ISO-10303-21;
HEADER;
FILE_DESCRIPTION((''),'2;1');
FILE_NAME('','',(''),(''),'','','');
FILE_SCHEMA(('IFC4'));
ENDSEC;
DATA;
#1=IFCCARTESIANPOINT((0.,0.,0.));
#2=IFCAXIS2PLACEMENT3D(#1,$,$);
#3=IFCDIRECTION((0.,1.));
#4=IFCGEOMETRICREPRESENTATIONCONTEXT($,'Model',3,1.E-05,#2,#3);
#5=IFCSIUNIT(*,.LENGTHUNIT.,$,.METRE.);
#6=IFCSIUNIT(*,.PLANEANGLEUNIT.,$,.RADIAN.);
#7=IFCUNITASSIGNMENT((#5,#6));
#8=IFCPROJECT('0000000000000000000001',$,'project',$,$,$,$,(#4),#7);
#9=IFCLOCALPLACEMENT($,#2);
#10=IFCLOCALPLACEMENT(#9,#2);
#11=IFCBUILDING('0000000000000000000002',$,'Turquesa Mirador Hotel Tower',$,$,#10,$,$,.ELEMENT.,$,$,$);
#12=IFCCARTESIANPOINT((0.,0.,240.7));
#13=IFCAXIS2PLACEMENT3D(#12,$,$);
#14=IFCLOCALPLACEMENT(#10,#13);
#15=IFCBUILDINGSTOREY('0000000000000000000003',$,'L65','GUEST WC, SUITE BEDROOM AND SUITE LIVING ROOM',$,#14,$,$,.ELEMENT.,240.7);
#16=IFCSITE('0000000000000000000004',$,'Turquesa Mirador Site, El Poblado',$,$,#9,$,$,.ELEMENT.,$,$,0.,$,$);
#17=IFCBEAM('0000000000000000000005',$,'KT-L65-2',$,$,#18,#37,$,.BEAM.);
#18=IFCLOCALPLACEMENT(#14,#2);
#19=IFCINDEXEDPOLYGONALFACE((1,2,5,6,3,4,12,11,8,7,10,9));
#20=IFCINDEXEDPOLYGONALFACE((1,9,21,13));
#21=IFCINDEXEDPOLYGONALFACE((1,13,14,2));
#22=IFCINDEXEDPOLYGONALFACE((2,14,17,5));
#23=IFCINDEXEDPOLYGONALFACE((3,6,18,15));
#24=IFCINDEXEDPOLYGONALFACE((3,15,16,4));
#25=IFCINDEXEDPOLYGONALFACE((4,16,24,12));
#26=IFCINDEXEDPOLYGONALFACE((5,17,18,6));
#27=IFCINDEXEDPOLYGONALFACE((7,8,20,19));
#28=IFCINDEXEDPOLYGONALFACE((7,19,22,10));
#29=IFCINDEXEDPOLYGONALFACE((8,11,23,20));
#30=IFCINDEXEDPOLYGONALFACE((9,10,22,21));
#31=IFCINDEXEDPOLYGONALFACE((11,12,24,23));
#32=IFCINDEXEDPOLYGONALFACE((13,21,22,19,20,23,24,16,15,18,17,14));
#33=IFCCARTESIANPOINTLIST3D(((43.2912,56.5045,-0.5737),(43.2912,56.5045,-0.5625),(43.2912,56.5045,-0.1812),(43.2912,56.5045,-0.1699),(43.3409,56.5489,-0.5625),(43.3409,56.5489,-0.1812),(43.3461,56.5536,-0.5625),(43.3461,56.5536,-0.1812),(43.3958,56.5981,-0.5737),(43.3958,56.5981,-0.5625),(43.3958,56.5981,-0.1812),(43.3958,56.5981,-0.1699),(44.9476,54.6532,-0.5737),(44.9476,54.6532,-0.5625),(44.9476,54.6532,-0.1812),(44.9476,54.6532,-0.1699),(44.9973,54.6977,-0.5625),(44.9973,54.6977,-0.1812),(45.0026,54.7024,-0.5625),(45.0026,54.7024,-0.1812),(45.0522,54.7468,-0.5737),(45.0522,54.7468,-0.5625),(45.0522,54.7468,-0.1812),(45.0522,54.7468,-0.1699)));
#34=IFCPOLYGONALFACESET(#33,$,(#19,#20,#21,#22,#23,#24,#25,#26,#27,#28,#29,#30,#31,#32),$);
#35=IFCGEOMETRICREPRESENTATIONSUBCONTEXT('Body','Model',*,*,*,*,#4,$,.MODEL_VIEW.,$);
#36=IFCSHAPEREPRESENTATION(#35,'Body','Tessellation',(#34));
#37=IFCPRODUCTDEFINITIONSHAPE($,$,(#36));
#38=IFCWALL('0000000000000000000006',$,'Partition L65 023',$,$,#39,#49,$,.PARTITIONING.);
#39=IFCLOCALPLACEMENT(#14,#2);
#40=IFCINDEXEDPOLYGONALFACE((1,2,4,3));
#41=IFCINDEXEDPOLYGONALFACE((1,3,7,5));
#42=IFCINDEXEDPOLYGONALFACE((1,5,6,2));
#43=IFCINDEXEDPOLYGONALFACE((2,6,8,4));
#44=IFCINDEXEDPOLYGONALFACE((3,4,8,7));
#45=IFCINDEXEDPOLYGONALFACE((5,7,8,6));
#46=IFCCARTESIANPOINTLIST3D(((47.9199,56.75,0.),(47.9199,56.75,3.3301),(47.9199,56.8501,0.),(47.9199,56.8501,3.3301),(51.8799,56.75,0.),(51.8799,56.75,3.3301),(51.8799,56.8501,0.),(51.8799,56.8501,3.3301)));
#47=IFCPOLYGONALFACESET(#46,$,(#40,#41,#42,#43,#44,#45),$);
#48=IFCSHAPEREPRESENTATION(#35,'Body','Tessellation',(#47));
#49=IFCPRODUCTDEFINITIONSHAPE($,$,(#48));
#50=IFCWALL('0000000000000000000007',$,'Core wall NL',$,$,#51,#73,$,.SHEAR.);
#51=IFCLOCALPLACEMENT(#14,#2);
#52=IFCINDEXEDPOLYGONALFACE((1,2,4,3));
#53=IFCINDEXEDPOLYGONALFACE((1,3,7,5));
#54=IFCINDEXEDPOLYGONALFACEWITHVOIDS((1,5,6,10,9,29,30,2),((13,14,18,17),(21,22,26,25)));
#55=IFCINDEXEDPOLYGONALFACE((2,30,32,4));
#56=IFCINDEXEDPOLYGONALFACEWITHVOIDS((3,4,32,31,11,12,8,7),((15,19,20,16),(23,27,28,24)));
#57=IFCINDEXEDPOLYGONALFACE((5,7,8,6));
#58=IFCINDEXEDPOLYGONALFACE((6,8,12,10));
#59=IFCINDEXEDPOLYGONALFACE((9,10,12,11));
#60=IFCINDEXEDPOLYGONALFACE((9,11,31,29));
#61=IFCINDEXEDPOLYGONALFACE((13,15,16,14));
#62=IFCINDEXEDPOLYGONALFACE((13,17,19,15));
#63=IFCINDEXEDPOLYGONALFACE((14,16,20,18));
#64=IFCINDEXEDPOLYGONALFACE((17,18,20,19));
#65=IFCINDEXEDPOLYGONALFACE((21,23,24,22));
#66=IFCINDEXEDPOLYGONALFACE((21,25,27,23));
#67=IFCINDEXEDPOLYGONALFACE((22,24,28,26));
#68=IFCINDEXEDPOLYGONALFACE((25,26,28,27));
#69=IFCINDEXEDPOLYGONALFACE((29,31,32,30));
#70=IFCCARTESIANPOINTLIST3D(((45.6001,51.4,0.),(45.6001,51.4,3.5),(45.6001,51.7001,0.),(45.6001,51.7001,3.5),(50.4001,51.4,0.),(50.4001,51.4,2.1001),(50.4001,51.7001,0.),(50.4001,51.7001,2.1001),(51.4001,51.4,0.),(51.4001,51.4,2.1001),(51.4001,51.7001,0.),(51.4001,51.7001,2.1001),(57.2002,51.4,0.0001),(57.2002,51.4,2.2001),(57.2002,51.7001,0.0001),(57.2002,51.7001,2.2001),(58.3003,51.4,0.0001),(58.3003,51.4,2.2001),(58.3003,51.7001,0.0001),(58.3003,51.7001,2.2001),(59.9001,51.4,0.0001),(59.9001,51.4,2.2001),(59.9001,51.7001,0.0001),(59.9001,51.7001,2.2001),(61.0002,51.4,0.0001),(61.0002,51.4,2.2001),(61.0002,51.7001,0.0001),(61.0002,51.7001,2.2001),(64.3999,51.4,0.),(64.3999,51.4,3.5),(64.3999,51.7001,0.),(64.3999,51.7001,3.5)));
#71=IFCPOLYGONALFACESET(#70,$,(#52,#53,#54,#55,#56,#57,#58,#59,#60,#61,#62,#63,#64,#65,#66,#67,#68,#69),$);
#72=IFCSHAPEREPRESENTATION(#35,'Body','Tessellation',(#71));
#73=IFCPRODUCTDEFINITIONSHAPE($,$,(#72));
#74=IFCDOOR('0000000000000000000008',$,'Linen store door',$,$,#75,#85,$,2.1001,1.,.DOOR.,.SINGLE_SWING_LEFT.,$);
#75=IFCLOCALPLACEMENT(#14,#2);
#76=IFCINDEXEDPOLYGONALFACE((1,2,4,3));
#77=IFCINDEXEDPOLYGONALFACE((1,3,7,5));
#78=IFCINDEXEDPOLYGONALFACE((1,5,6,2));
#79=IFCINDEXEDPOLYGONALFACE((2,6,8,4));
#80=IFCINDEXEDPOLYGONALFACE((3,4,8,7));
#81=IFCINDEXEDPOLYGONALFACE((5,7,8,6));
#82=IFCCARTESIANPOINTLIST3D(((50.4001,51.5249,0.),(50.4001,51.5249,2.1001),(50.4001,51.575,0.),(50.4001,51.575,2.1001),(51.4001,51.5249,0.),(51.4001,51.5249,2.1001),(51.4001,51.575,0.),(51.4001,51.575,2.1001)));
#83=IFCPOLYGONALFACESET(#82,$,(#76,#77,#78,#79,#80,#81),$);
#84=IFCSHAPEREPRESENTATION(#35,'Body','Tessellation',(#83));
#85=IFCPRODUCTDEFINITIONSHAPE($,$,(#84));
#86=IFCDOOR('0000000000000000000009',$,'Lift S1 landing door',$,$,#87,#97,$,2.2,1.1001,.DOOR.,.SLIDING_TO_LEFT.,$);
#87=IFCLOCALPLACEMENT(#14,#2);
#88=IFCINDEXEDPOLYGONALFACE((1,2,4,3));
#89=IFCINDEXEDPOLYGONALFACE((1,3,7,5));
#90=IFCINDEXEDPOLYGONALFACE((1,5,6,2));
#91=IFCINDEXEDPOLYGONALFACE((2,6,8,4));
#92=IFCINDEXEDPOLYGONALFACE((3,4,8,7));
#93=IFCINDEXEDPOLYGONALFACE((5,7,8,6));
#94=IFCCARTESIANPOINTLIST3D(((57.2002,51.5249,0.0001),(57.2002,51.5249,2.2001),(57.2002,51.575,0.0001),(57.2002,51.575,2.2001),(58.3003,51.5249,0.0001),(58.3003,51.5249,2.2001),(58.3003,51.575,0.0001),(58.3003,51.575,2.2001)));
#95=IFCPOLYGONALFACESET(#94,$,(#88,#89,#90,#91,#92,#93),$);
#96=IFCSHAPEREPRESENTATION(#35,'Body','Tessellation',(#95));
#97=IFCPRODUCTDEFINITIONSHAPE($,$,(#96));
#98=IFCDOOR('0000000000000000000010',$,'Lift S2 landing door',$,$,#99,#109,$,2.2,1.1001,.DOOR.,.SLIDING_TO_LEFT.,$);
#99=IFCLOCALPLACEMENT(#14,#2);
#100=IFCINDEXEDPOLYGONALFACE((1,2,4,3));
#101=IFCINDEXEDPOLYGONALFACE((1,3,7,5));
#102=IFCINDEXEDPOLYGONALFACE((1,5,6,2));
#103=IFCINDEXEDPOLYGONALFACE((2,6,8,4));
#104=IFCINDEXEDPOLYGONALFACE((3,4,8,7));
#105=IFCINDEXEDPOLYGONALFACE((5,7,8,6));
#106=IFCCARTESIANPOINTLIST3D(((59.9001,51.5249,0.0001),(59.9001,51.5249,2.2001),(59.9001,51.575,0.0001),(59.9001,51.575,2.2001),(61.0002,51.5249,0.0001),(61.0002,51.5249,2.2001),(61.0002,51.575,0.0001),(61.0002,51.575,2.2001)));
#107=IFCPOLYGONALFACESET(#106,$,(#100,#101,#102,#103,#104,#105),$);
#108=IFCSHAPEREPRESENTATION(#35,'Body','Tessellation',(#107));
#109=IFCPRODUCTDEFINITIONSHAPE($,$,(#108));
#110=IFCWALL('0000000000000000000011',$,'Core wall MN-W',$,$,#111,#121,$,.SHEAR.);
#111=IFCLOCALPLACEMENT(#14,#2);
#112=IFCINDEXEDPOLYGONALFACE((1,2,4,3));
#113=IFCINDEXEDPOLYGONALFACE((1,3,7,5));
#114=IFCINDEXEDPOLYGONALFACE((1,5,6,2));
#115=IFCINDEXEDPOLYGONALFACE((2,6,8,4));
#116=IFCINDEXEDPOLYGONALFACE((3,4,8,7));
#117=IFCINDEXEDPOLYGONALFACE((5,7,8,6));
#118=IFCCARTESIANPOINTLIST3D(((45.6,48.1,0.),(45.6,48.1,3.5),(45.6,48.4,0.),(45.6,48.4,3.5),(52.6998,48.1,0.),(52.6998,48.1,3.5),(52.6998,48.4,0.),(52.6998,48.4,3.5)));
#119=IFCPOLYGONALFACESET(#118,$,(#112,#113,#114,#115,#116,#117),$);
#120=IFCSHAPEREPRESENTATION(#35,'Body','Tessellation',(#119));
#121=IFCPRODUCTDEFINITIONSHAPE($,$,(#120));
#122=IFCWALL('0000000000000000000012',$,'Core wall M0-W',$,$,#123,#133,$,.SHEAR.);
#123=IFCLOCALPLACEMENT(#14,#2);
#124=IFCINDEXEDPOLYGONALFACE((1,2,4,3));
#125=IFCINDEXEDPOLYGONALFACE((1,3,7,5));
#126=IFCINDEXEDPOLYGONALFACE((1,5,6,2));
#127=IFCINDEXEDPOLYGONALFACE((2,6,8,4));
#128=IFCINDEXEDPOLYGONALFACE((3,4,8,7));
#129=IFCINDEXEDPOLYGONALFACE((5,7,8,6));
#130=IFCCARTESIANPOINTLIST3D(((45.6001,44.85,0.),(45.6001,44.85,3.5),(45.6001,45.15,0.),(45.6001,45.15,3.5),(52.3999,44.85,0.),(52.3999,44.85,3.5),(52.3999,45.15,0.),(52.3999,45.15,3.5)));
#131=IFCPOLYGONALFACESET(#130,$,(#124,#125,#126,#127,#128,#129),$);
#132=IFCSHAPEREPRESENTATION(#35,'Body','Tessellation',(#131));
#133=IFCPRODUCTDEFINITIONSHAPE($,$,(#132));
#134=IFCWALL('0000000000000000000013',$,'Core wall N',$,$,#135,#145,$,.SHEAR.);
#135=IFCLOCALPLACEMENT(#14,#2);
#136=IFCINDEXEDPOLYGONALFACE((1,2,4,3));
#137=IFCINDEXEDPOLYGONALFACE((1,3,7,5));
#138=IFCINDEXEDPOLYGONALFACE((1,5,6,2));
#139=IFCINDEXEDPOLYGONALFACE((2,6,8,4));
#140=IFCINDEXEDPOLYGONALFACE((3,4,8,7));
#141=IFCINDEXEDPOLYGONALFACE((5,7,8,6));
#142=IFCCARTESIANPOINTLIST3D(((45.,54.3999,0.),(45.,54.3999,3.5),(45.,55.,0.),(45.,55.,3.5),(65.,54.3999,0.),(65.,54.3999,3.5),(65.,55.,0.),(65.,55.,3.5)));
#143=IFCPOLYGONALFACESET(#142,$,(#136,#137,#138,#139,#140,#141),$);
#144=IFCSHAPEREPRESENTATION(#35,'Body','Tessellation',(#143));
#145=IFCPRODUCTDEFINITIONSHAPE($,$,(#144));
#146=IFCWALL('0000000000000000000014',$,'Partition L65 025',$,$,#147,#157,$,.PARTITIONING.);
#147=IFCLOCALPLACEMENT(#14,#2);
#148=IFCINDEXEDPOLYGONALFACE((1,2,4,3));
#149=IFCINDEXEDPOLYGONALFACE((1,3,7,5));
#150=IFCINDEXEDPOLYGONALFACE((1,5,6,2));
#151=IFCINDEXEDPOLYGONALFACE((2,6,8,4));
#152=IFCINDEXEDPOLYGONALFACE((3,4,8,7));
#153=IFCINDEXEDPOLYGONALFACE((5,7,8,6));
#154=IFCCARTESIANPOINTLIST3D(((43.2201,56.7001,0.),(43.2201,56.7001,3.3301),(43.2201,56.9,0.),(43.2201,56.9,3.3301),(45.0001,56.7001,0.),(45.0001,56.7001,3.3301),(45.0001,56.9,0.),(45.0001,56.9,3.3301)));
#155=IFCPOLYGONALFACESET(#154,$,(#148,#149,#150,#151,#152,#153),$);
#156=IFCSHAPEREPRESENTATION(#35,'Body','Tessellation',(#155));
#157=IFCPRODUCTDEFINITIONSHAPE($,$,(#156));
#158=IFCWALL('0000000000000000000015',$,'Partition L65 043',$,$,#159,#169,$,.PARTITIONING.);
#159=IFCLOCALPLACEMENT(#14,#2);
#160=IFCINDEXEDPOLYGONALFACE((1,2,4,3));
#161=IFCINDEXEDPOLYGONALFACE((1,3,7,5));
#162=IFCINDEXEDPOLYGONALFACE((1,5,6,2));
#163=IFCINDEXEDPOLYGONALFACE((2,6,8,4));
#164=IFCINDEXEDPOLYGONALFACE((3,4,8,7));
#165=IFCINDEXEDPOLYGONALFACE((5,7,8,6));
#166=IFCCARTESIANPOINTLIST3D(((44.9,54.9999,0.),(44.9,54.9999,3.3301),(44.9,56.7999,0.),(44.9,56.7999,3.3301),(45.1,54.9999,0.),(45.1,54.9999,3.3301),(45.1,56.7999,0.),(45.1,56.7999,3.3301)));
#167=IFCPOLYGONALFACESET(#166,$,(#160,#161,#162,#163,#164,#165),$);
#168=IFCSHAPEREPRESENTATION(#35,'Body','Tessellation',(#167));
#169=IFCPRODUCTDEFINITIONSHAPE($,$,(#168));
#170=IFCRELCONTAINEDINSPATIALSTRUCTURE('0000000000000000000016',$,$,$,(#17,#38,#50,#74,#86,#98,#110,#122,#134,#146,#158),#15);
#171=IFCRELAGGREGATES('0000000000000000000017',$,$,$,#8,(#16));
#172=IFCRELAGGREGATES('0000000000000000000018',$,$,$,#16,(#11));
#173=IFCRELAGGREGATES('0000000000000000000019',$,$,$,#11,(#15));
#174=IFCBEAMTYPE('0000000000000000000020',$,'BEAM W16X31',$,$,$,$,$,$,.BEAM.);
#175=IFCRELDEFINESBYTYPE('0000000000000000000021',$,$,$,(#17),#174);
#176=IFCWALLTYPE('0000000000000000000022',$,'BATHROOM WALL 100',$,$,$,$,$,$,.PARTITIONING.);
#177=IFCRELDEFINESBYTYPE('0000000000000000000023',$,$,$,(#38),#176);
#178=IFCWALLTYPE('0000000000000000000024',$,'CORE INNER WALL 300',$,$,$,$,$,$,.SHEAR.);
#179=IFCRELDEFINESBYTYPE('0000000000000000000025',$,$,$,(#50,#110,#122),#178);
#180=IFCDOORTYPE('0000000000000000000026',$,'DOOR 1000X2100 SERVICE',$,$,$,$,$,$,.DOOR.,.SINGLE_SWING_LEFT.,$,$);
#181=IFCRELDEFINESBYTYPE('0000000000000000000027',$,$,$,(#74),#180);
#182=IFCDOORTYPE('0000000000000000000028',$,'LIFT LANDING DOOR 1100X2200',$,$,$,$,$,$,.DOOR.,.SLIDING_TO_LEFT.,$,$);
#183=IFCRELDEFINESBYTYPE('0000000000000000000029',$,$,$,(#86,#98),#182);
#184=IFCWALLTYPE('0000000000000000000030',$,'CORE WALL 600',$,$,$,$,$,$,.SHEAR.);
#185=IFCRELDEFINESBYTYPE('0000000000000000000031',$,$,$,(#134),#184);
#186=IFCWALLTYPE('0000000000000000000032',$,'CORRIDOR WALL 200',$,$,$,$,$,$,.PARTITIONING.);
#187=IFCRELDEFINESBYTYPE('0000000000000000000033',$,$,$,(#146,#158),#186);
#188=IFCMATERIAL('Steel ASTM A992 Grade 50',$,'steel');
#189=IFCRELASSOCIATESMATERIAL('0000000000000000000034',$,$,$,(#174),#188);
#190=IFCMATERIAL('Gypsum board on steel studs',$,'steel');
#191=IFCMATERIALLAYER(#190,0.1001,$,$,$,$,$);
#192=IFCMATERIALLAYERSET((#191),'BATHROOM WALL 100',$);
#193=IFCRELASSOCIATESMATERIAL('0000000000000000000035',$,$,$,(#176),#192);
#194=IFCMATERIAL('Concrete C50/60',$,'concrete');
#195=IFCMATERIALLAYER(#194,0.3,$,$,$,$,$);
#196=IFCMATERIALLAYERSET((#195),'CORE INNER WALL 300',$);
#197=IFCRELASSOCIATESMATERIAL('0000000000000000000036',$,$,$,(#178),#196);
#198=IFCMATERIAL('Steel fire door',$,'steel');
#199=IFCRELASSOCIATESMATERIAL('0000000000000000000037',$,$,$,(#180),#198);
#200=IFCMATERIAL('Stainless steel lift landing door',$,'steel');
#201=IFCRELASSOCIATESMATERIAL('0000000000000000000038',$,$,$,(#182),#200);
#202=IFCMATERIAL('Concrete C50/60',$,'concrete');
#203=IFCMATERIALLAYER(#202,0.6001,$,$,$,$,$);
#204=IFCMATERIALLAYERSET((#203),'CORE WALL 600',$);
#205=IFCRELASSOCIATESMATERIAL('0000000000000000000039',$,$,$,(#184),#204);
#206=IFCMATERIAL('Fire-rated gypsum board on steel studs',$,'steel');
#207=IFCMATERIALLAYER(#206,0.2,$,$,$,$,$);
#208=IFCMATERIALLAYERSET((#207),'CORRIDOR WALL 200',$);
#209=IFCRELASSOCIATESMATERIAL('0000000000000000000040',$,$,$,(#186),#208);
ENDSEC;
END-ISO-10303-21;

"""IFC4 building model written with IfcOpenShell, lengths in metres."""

from ifc_helpers import new_model, si_unit, direction, frame, frame_2d, origin, origin_2d, place, context, subcontext, project, spatial, rectangle, i_section, extrude, material, layer, layer_set, material_profile, profile_set, type_object, element, fill, save


model = new_model("IFC4")

# Units and contexts
model_context = context("Model", 3, precision=1e-05, world=origin(), true_north=direction((0.0, 1.0)))
body_context = subcontext(model_context, "Body", "Model", "MODEL_VIEW")
ifc_project = project(units=[si_unit("LENGTHUNIT", "METRE"), si_unit("PLANEANGLEUNIT", "RADIAN")], contexts=[model_context])

# Site, building, storey
site_placement = place(None, origin())
site = spatial("IfcSite", under=ifc_project, at=site_placement, Name="Turquesa Mirador Site, El Poblado", CompositionType="ELEMENT", RefElevation=0.0)
building_placement = place(site_placement, origin())
building = spatial("IfcBuilding", under=site, at=building_placement, Name="Turquesa Mirador Hotel Tower", CompositionType="ELEMENT")
storey_placement = place(building_placement, frame((0.0, 0.0, 240.7)))
storey = spatial("IfcBuildingStorey", under=building, at=storey_placement, Name="L65", Description="GUEST WC, SUITE BEDROOM AND SUITE LIVING ROOM", CompositionType="ELEMENT", Elevation=240.7)

# Beam
ifc_material_1 = material(Name="Steel ASTM A992 Grade 50", Category="steel")
ifc_material_profile = material_profile(ifc_material_1, i_section(OverallWidth=0.1404, OverallDepth=0.4038, WebThickness=0.0071, FlangeThickness=0.0112, at=origin_2d()), Name="W16X31")
ifc_profile_set = profile_set([ifc_material_profile], Name="Steel ASTM A992 Grade 50")
beam_type = type_object("IfcBeamType", Name="BEAM W16X31", PredefinedType="BEAM", material=ifc_profile_set)
beam_placement = place(storey_placement, frame((43.3435, 56.5513, -0.3718), z_axis=(0.666806, -0.745231, 0.0), x_axis=(0.745231, 0.666806, 0.0)))
element("IfcBeam", 1, at=beam_placement, inside=storey, type_object=beam_type, Name="KT-L65-2", PredefinedType="BEAM", context=body_context, shape_type="SweptSolid", body=[
    extrude(i_section(OverallWidth=0.1404, OverallDepth=0.4038, WebThickness=0.0071, FlangeThickness=0.0112, at=origin_2d()), origin(), (0.0, 0.0, 1.0), 2.4841),
])

# Wall
ifc_material_2 = material(Name="Gypsum board on steel studs", Category="steel")
ifc_layer_1 = layer(ifc_material_2, 0.1001)
ifc_layer_set_1 = layer_set([ifc_layer_1], Name="BATHROOM WALL 100")
wall_type_1 = type_object("IfcWallType", Name="BATHROOM WALL 100", PredefinedType="PARTITIONING", material=ifc_layer_set_1)
wall_1_placement = place(storey_placement, frame((47.9199, 56.8, 0.0), z_axis=(0.0, 0.0, 1.0), x_axis=(1.0, 0.0, 0.0)))
element("IfcWall", 2, at=wall_1_placement, inside=storey, type_object=wall_type_1, Name="Partition L65 023", PredefinedType="PARTITIONING", context=body_context, shape_type="SweptSolid", body=[
    extrude(rectangle(XDim=3.96, YDim=0.1001, at=frame_2d((1.98, 0.0))), origin(), (0.0, 0.0, 1.0), 3.3301),
])

# Wall, openings, doors
ifc_material_3 = material(Name="Concrete C50/60", Category="concrete")
ifc_layer_2 = layer(ifc_material_3, 0.3)
ifc_layer_set_2 = layer_set([ifc_layer_2], Name="CORE INNER WALL 300")
wall_type_2 = type_object("IfcWallType", Name="CORE INNER WALL 300", PredefinedType="SHEAR", material=ifc_layer_set_2)
wall_2_placement = place(storey_placement, frame((45.6001, 51.55, 0.0), z_axis=(0.0, 0.0, 1.0), x_axis=(1.0, 0.0, 0.0)))
wall_2 = element("IfcWall", 3, at=wall_2_placement, inside=storey, type_object=wall_type_2, Name="Core wall NL", PredefinedType="SHEAR", context=body_context, shape_type="SweptSolid", body=[
    extrude(rectangle(XDim=18.7998, YDim=0.3, at=frame_2d((9.3999, 0.0))), origin(), (0.0, 0.0, 1.0), 3.5),
])
opening_1_placement = place(wall_2_placement, frame((4.8, 0.0, 0.0)))
opening_1 = element("IfcOpeningElement", 4, at=opening_1_placement, cuts=wall_2, PredefinedType="OPENING", context=body_context, shape_type="SweptSolid", body=[
    extrude(rectangle(XDim=1.0, YDim=2.1001, at=frame_2d((0.5, 1.05))), frame((0.0, 0.1599, 0.0), z_axis=(0.0, -1.0, 0.0), x_axis=(1.0, 0.0, 0.0)), (0.0, 0.0, 1.0), 0.3201),
])
opening_2_placement = place(wall_2_placement, frame((11.6001, 0.0, 0.0)))
opening_2 = element("IfcOpeningElement", 5, at=opening_2_placement, cuts=wall_2, PredefinedType="OPENING", context=body_context, shape_type="SweptSolid", body=[
    extrude(rectangle(XDim=1.1001, YDim=2.2, at=frame_2d((0.55, 1.1001))), frame((0.0, 0.1599, 0.0), z_axis=(0.0, -1.0, 0.0), x_axis=(1.0, 0.0, 0.0)), (0.0, 0.0, 1.0), 0.3201),
])
opening_3_placement = place(wall_2_placement, frame((14.3, 0.0, 0.0)))
opening_3 = element("IfcOpeningElement", 6, at=opening_3_placement, cuts=wall_2, PredefinedType="OPENING", context=body_context, shape_type="SweptSolid", body=[
    extrude(rectangle(XDim=1.1001, YDim=2.2, at=frame_2d((0.55, 1.1001))), frame((0.0, 0.1599, 0.0), z_axis=(0.0, -1.0, 0.0), x_axis=(1.0, 0.0, 0.0)), (0.0, 0.0, 1.0), 0.3201),
])
ifc_material_4 = material(Name="Steel fire door", Category="steel")
door_type_1 = type_object("IfcDoorType", Name="DOOR 1000X2100 SERVICE", OperationType="SINGLE_SWING_LEFT", PredefinedType="DOOR", material=ifc_material_4)
door_1_placement = place(opening_1_placement, origin())
door_1 = element("IfcDoor", 7, at=door_1_placement, inside=storey, type_object=door_type_1, Name="Linen store door", OperationType="SINGLE_SWING_LEFT", OverallHeight=2.1001, OverallWidth=1.0, PredefinedType="DOOR", context=body_context, shape_type="SweptSolid", body=[
    extrude(rectangle(XDim=1.0, YDim=2.1001, at=frame_2d((0.5, 1.05))), frame((0.0, 0.0249, 0.0), z_axis=(0.0, -1.0, 0.0), x_axis=(1.0, 0.0, 0.0)), (0.0, 0.0, 1.0), 0.05),
])
fill(opening_1, door_1)
ifc_material_5 = material(Name="Stainless steel lift landing door", Category="steel")
door_type_2 = type_object("IfcDoorType", Name="LIFT LANDING DOOR 1100X2200", OperationType="SLIDING_TO_LEFT", PredefinedType="DOOR", material=ifc_material_5)
door_2_placement = place(opening_2_placement, origin())
door_2 = element("IfcDoor", 8, at=door_2_placement, inside=storey, type_object=door_type_2, Name="Lift S1 landing door", OperationType="SLIDING_TO_LEFT", OverallHeight=2.2, OverallWidth=1.1001, PredefinedType="DOOR", context=body_context, shape_type="SweptSolid", body=[
    extrude(rectangle(XDim=1.1001, YDim=2.2, at=frame_2d((0.55, 1.1001))), frame((0.0, 0.0249, 0.0), z_axis=(0.0, -1.0, 0.0), x_axis=(1.0, 0.0, 0.0)), (0.0, 0.0, 1.0), 0.05),
])
fill(opening_2, door_2)
door_3_placement = place(opening_3_placement, origin())
door_3 = element("IfcDoor", 9, at=door_3_placement, inside=storey, type_object=door_type_2, Name="Lift S2 landing door", OperationType="SLIDING_TO_LEFT", OverallHeight=2.2, OverallWidth=1.1001, PredefinedType="DOOR", context=body_context, shape_type="SweptSolid", body=[
    extrude(rectangle(XDim=1.1001, YDim=2.2, at=frame_2d((0.55, 1.1001))), frame((0.0, 0.0249, 0.0), z_axis=(0.0, -1.0, 0.0), x_axis=(1.0, 0.0, 0.0)), (0.0, 0.0, 1.0), 0.05),
])
fill(opening_3, door_3)

# Walls
wall_3_placement = place(storey_placement, frame((45.6001, 48.25, 0.0), z_axis=(0.0, 0.0, 1.0), x_axis=(1.0, 0.0, 0.0)))
element("IfcWall", 10, at=wall_3_placement, inside=storey, type_object=wall_type_2, Name="Core wall MN-W", PredefinedType="SHEAR", context=body_context, shape_type="SweptSolid", body=[
    extrude(rectangle(XDim=7.0999, YDim=0.3, at=frame_2d((3.5498, 0.0))), origin(), (0.0, 0.0, 1.0), 3.5),
])
wall_4_placement = place(storey_placement, frame((45.6001, 45.0, 0.0), z_axis=(0.0, 0.0, 1.0), x_axis=(1.0, 0.0, 0.0)))
element("IfcWall", 11, at=wall_4_placement, inside=storey, type_object=wall_type_2, Name="Core wall M0-W", PredefinedType="SHEAR", context=body_context, shape_type="SweptSolid", body=[
    extrude(rectangle(XDim=6.7998, YDim=0.3, at=frame_2d((3.3999, 0.0))), origin(), (0.0, 0.0, 1.0), 3.5),
])
ifc_material_6 = material(Name="Concrete C50/60", Category="concrete")
ifc_layer_3 = layer(ifc_material_6, 0.6001)
ifc_layer_set_3 = layer_set([ifc_layer_3], Name="CORE WALL 600")
wall_type_3 = type_object("IfcWallType", Name="CORE WALL 600", PredefinedType="SHEAR", material=ifc_layer_set_3)
wall_5_placement = place(storey_placement, frame((45.0, 54.7, 0.0), z_axis=(0.0, 0.0, 1.0), x_axis=(1.0, 0.0, 0.0)))
element("IfcWall", 12, at=wall_5_placement, inside=storey, type_object=wall_type_3, Name="Core wall N", PredefinedType="SHEAR", context=body_context, shape_type="SweptSolid", body=[
    extrude(rectangle(XDim=20.0, YDim=0.6001, at=frame_2d((10.0, 0.0))), origin(), (0.0, 0.0, 1.0), 3.5),
])
ifc_material_7 = material(Name="Fire-rated gypsum board on steel studs", Category="steel")
ifc_layer_4 = layer(ifc_material_7, 0.2)
ifc_layer_set_4 = layer_set([ifc_layer_4], Name="CORRIDOR WALL 200")
wall_type_4 = type_object("IfcWallType", Name="CORRIDOR WALL 200", PredefinedType="PARTITIONING", material=ifc_layer_set_4)
wall_6_placement = place(storey_placement, frame((43.22, 56.8, 0.0), z_axis=(0.0, 0.0, 1.0), x_axis=(1.0, 0.0, 0.0)))
element("IfcWall", 13, at=wall_6_placement, inside=storey, type_object=wall_type_4, Name="Partition L65 025", PredefinedType="PARTITIONING", context=body_context, shape_type="SweptSolid", body=[
    extrude(rectangle(XDim=1.78, YDim=0.2, at=frame_2d((0.8901, 0.0))), origin(), (0.0, 0.0, 1.0), 3.3301),
])
wall_7_placement = place(storey_placement, frame((45.0, 55.0, 0.0), z_axis=(0.0, 0.0, 1.0), x_axis=(0.0, 1.0, 0.0)))
element("IfcWall", 14, at=wall_7_placement, inside=storey, type_object=wall_type_4, Name="Partition L65 043", PredefinedType="PARTITIONING", context=body_context, shape_type="SweptSolid", body=[
    extrude(rectangle(XDim=1.8, YDim=0.2, at=frame_2d((0.8999, 0.0))), origin(), (0.0, 0.0, 1.0), 3.3301),
])

save(model, "model.ifc")
